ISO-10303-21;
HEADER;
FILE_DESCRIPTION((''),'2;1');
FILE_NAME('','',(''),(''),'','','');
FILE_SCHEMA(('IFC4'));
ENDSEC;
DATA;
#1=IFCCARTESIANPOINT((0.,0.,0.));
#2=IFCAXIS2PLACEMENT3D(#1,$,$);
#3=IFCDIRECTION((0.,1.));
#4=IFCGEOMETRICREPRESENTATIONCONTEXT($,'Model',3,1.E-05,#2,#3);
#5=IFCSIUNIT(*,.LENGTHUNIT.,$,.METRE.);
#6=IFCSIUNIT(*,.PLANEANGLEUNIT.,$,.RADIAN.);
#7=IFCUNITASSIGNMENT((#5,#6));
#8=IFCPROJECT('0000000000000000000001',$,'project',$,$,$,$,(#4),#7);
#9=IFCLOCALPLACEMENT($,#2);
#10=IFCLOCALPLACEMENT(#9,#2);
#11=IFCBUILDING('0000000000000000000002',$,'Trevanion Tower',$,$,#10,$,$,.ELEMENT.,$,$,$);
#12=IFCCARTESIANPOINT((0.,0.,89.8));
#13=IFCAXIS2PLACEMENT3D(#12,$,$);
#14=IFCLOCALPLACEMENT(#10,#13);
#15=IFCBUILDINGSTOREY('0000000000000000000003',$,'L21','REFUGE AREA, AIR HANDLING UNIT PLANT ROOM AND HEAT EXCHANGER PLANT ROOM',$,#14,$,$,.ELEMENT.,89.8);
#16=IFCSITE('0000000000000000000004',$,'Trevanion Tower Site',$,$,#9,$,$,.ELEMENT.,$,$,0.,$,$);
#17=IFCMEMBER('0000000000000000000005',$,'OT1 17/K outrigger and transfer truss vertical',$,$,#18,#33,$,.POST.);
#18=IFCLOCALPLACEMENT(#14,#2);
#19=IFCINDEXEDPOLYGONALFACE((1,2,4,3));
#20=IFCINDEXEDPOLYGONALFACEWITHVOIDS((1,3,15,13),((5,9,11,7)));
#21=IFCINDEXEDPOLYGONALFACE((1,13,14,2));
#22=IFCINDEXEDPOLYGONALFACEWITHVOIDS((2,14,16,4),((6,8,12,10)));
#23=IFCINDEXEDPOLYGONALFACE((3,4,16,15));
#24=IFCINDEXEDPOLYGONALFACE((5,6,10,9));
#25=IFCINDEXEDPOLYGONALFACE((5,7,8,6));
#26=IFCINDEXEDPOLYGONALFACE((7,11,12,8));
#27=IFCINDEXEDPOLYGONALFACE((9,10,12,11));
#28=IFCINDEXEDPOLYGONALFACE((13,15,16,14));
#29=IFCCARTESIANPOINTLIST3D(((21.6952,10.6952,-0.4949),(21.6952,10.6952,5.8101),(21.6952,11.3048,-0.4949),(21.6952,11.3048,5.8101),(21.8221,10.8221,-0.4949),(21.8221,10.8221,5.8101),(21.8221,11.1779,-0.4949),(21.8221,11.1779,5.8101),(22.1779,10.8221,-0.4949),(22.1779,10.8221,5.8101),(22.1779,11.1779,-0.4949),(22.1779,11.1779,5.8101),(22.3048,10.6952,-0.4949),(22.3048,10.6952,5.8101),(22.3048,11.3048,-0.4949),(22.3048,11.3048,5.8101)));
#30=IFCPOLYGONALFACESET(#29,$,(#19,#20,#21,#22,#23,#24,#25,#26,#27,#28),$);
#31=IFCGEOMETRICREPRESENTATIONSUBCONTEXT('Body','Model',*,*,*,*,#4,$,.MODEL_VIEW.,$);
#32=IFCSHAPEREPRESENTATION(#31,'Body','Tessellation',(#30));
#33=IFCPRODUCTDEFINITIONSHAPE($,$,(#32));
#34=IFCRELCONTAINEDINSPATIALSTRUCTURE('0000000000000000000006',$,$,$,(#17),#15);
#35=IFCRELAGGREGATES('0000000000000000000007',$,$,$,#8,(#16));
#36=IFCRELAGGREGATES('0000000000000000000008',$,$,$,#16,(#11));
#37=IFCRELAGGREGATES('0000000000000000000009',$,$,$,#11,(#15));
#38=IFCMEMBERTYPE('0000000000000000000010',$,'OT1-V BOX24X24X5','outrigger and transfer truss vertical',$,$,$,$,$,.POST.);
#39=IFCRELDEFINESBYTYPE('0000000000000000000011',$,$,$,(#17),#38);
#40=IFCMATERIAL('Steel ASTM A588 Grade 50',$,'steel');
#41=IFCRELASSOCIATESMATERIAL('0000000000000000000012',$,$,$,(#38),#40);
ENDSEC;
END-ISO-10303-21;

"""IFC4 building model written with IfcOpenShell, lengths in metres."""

from ifc_helpers import new_model, si_unit, direction, frame, origin, origin_2d, place, context, subcontext, project, spatial, hollow_rectangle, extrude, material, material_profile, profile_set, type_object, element, save


model = new_model("IFC4")

# Units and contexts
model_context = context("Model", 3, precision=1e-05, world=origin(), true_north=direction((0.0, 1.0)))
body_context = subcontext(model_context, "Body", "Model", "MODEL_VIEW")
ifc_project = project(units=[si_unit("LENGTHUNIT", "METRE"), si_unit("PLANEANGLEUNIT", "RADIAN")], contexts=[model_context])

# Site, building, storey
site_placement = place(None, origin())
site = spatial("IfcSite", under=ifc_project, at=site_placement, Name="Trevanion Tower Site", CompositionType="ELEMENT", RefElevation=0.0)
building_placement = place(site_placement, origin())
building = spatial("IfcBuilding", under=site, at=building_placement, Name="Trevanion Tower", CompositionType="ELEMENT")
storey_placement = place(building_placement, frame((0.0, 0.0, 89.8)))
storey = spatial("IfcBuildingStorey", under=building, at=storey_placement, Name="L21", Description="REFUGE AREA, AIR HANDLING UNIT PLANT ROOM AND HEAT EXCHANGER PLANT ROOM", CompositionType="ELEMENT", Elevation=89.8)

# Member
ifc_material_1 = material(Name="Steel ASTM A588 Grade 50", Category="steel")
ifc_material_profile_1 = material_profile(ifc_material_1, hollow_rectangle(XDim=0.6096, YDim=0.6096, WallThickness=0.127, at=origin_2d()), Name="BOX24X24X5")
ifc_profile_set_1 = profile_set([ifc_material_profile_1], Name="Steel ASTM A588 Grade 50")
member_type_1 = type_object("IfcMemberType", Name="OT1-V BOX24X24X5", Description="outrigger and transfer truss vertical", PredefinedType="POST", material=ifc_profile_set_1)
for number, where, z_axis, x_axis, name in (
    (1, (22.0, 11.0, -0.4949), (0.0, 0.0, 1.0), (1.0, 0.0, 0.0), "OT1 17/K outrigger and transfer truss vertical"),
):
    element("IfcMember", number, at=place(storey_placement, frame(where, z_axis=z_axis, x_axis=x_axis)), inside=storey, type_object=member_type_1, Name=name, PredefinedType="POST", context=body_context, shape_type="SweptSolid", body=[
        extrude(hollow_rectangle(XDim=0.6096, YDim=0.6096, WallThickness=0.127, at=origin_2d()), origin(), (0.0, 0.0, 1.0), 6.3049),
    ])

save(model, "model.ifc")
